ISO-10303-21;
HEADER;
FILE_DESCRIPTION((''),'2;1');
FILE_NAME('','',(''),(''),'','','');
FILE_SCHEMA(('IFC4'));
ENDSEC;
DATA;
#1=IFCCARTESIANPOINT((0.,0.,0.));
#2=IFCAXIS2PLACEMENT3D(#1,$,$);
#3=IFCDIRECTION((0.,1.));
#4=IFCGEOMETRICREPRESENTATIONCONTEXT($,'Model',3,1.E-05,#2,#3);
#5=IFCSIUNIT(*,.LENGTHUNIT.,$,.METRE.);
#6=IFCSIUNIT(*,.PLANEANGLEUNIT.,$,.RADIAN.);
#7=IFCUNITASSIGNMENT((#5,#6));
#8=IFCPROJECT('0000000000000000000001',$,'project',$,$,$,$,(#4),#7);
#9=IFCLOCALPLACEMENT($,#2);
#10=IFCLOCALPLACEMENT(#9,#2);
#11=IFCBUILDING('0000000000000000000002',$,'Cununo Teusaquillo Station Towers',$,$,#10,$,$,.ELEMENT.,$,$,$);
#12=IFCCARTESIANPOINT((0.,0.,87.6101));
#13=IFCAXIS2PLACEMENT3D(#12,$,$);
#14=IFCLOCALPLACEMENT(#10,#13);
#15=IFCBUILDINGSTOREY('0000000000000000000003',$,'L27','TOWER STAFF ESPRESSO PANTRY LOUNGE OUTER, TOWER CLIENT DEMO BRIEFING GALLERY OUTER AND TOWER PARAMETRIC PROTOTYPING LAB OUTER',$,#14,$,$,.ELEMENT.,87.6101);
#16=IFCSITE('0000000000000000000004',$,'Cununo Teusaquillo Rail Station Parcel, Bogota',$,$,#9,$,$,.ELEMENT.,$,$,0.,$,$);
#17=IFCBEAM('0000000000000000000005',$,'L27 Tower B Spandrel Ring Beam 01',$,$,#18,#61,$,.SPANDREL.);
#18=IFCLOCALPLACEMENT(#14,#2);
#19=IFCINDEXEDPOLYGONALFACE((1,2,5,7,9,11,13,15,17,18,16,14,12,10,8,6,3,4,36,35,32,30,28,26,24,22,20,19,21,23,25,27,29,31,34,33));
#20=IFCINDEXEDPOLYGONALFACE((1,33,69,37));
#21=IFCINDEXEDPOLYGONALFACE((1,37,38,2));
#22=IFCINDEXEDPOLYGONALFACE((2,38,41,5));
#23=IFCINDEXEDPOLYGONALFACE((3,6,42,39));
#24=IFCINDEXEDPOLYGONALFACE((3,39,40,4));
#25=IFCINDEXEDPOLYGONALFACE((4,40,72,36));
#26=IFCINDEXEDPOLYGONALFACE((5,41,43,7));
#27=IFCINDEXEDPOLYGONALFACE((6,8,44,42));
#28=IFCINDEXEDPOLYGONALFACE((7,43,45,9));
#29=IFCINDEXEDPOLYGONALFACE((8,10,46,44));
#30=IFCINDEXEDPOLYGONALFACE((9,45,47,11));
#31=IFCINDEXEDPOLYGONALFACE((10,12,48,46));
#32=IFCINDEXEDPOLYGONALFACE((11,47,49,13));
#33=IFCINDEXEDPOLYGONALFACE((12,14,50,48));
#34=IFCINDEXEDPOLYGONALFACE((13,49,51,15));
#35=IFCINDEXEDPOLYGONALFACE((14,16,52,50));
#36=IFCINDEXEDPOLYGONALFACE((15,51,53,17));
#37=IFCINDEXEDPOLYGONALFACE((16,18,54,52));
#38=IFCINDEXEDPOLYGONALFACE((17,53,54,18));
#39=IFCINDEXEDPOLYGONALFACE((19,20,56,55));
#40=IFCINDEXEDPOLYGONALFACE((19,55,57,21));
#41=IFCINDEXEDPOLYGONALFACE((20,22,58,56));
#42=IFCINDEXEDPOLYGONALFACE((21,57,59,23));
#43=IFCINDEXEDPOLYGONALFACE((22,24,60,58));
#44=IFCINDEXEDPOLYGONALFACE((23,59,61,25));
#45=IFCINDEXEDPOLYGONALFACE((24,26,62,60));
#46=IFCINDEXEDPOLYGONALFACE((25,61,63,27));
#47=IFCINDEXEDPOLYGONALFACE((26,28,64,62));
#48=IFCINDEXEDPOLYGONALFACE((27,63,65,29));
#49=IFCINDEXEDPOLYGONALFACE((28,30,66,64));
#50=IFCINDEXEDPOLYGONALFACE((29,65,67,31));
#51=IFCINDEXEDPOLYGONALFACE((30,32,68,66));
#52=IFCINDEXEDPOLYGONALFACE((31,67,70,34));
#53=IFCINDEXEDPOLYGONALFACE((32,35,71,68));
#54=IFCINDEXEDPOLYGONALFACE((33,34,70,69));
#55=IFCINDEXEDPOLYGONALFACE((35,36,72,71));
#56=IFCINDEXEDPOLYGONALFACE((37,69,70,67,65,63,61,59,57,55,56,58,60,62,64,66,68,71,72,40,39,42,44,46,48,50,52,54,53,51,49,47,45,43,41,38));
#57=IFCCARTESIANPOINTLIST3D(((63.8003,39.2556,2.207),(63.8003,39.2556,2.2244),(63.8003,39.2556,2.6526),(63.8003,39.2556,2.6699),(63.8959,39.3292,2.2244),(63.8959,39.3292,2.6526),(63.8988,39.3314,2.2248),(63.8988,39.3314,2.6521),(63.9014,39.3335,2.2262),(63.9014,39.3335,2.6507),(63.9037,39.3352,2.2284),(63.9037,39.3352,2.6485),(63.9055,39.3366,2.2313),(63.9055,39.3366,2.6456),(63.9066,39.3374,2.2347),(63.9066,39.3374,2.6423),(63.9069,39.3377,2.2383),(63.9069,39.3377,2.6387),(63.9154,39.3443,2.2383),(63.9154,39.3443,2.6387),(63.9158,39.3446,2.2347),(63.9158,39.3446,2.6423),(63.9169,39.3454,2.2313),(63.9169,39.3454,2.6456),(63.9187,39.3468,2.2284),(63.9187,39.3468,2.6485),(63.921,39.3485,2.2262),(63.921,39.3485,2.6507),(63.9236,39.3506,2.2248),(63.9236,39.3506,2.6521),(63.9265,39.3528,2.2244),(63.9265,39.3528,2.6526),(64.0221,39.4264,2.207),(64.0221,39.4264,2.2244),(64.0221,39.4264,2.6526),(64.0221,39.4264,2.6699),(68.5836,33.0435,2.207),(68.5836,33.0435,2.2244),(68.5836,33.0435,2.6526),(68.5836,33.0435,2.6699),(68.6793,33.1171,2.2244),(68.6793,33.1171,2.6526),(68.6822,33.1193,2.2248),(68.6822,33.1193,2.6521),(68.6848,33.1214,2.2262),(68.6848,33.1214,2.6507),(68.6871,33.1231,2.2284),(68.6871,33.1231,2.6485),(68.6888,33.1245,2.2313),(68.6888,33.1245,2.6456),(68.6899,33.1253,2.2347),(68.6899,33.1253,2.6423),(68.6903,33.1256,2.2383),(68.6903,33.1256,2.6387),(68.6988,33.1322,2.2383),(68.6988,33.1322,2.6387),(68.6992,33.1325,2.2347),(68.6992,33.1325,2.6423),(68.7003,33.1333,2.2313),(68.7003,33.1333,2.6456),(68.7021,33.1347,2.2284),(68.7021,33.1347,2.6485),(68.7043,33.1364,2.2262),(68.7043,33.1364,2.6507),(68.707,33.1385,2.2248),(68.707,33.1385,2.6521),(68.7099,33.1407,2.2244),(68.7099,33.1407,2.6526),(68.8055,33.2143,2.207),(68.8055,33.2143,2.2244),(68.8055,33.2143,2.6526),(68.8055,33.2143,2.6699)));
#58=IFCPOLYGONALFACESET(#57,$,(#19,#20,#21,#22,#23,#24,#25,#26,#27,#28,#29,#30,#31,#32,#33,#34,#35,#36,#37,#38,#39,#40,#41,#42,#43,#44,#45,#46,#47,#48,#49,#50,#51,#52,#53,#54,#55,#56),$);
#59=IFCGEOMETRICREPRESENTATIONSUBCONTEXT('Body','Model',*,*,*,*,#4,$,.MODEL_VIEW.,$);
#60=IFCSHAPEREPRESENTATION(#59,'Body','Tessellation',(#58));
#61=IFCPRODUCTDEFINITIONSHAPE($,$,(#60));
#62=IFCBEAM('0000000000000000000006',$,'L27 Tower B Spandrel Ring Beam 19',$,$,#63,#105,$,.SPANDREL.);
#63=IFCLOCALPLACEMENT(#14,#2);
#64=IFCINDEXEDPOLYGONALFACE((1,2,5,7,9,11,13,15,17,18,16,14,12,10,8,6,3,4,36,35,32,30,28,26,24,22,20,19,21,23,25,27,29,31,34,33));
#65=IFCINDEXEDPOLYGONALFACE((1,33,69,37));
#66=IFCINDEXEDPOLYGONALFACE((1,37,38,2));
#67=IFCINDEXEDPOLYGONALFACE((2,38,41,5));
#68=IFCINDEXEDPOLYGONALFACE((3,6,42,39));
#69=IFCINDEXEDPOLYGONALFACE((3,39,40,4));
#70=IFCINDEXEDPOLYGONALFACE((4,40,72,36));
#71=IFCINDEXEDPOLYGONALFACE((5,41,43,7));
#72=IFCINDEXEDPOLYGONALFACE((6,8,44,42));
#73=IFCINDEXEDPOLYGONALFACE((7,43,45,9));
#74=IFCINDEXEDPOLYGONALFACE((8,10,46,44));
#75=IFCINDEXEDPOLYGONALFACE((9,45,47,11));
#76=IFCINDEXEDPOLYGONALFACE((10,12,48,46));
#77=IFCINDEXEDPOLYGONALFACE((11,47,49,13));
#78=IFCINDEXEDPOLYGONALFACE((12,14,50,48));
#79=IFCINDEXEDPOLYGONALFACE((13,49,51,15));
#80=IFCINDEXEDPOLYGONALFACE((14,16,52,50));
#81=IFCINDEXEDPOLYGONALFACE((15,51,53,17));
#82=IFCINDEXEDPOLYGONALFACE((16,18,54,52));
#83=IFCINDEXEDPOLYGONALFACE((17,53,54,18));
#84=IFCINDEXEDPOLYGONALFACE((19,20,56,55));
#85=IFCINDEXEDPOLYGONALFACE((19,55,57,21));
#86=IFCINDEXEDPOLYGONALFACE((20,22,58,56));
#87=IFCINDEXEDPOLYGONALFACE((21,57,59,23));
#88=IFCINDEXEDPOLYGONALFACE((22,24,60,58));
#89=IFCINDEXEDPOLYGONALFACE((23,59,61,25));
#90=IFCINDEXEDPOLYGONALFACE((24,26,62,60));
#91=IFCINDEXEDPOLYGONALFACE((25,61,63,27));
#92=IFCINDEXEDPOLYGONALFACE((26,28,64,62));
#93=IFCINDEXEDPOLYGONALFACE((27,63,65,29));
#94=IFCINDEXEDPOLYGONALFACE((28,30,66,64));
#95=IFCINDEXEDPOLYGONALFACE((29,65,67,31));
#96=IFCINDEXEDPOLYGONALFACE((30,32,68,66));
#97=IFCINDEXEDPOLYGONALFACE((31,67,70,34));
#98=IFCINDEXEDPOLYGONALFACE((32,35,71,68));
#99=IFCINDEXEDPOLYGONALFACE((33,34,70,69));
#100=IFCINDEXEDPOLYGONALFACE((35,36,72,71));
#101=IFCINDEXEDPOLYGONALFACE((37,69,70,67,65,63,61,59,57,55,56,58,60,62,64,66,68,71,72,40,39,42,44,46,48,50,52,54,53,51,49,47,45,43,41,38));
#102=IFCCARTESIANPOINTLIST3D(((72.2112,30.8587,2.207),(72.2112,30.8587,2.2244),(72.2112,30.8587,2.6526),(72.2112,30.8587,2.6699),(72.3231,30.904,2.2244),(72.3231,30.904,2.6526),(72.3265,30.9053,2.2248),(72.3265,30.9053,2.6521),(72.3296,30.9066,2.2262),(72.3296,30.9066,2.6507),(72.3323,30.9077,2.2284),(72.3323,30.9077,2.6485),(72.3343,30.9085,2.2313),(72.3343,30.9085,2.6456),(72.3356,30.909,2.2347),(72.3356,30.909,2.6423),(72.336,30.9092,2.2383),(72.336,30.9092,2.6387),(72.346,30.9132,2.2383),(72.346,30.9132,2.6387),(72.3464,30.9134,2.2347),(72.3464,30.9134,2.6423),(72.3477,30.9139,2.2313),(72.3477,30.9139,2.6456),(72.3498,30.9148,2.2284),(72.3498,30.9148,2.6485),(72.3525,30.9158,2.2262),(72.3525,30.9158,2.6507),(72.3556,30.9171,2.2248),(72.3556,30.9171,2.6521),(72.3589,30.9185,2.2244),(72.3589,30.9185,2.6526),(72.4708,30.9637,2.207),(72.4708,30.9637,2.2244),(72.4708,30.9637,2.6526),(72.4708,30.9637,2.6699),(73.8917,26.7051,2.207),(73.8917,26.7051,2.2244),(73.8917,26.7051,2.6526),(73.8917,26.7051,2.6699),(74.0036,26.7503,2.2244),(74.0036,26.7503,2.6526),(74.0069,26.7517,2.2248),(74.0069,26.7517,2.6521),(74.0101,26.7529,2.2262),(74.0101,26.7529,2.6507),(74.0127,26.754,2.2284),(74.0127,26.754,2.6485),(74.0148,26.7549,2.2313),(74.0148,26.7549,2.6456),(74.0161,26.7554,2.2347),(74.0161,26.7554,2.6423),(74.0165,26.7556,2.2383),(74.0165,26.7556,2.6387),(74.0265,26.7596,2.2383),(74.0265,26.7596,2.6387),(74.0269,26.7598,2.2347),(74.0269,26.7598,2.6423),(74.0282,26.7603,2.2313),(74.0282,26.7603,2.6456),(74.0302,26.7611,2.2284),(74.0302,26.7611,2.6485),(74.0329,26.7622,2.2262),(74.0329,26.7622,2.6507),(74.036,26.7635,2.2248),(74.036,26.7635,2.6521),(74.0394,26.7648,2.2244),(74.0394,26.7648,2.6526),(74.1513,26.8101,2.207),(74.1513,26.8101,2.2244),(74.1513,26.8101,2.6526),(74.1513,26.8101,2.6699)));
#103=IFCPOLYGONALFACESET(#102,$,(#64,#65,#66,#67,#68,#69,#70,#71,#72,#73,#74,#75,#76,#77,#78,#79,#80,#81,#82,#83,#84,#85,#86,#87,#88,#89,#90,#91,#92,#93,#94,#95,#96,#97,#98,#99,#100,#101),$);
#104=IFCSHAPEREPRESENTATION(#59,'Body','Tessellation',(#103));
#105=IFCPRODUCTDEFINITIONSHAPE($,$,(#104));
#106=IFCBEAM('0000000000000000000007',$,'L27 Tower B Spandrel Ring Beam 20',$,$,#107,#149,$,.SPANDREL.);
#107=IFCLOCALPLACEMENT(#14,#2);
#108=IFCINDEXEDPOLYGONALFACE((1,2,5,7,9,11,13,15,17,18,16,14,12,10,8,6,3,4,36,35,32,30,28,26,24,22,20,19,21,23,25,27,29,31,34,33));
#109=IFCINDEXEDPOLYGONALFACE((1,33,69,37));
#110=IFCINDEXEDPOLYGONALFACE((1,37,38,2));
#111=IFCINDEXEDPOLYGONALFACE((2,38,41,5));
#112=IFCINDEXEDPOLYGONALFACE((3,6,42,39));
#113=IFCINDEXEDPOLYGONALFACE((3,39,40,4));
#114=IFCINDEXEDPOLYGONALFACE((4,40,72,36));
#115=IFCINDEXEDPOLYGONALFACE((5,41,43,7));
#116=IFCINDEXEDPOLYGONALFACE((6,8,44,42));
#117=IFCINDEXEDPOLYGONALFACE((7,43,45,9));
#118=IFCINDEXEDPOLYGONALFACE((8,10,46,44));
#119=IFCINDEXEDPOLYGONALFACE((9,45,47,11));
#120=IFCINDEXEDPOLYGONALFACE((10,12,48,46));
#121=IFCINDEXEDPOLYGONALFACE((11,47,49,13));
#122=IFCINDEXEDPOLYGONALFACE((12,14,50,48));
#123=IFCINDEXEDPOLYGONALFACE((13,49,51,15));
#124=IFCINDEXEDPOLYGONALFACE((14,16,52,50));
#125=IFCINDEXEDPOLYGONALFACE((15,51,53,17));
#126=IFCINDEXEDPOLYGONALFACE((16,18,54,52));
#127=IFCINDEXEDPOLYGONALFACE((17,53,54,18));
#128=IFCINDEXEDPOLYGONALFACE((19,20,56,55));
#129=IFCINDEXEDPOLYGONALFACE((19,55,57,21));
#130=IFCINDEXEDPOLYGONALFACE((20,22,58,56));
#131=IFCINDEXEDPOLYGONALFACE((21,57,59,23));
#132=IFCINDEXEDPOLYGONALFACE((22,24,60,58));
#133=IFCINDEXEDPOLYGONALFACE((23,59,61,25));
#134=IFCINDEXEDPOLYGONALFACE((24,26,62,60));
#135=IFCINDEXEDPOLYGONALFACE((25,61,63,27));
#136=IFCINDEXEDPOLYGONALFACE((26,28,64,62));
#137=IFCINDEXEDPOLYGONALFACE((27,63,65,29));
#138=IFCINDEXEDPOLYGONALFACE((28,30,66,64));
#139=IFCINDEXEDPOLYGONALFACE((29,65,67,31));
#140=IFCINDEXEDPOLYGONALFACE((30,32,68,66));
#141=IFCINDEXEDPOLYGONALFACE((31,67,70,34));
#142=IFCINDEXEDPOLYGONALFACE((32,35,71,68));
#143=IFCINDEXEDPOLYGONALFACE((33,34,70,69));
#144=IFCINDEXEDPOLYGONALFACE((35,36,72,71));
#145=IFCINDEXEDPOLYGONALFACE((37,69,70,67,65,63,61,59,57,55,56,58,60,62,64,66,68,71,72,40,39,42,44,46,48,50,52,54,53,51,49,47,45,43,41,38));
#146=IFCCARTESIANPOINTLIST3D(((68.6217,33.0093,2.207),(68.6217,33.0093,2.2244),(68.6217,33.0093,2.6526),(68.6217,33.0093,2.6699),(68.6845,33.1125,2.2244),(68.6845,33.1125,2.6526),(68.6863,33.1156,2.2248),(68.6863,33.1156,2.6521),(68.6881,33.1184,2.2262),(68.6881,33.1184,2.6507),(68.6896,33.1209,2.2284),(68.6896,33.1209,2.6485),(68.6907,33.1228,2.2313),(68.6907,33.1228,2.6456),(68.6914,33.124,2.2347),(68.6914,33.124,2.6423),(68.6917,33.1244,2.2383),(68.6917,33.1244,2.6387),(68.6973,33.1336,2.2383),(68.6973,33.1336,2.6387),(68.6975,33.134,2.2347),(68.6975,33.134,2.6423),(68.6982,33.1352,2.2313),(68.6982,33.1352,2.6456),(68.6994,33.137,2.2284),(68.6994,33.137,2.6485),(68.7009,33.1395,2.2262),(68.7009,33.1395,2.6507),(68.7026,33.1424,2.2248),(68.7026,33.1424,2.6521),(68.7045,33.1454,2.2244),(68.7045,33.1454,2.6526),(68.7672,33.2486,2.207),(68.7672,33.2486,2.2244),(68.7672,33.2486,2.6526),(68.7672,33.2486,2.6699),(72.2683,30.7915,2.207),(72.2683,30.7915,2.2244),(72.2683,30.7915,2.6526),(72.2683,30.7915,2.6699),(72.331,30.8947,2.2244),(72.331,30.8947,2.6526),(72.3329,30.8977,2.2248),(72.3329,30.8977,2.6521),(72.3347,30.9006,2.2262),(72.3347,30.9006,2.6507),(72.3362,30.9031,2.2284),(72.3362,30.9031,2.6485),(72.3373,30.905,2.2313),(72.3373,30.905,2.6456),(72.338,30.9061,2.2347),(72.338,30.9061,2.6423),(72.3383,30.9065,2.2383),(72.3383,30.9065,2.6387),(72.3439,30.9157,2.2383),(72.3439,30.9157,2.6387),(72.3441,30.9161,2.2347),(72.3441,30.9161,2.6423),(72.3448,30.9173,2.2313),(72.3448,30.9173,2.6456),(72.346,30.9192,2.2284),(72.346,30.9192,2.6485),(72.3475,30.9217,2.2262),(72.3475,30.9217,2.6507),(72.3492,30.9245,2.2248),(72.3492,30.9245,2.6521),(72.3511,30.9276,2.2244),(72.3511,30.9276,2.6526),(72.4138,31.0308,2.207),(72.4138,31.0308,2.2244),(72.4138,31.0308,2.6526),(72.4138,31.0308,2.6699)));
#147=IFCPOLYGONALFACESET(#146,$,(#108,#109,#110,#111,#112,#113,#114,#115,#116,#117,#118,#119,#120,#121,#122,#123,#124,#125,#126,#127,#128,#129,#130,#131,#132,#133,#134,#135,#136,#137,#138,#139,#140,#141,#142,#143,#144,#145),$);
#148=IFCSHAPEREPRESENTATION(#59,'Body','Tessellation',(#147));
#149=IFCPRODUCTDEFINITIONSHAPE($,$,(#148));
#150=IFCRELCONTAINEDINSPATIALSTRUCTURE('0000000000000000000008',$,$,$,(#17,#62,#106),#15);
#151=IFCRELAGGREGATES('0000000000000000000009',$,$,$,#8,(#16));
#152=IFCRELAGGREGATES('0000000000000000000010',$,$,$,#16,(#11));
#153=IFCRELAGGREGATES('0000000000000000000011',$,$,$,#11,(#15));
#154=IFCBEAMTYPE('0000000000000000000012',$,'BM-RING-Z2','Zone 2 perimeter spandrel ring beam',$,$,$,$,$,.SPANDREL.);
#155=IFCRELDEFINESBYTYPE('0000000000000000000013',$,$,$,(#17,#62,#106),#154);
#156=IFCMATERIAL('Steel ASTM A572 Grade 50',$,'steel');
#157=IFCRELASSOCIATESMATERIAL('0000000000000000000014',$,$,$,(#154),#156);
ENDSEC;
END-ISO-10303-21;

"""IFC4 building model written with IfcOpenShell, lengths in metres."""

from ifc_helpers import new_model, si_unit, direction, frame, origin, origin_2d, place, context, subcontext, project, spatial, i_section, extrude, material, material_profile, profile_set, type_object, element, save


model = new_model("IFC4")

# Units and contexts
model_context = context("Model", 3, precision=1e-05, world=origin(), true_north=direction((0.0, 1.0)))
body_context = subcontext(model_context, "Body", "Model", "MODEL_VIEW")
ifc_project = project(units=[si_unit("LENGTHUNIT", "METRE"), si_unit("PLANEANGLEUNIT", "RADIAN")], contexts=[model_context])

# Site, building, storey
site_placement = place(None, origin())
site = spatial("IfcSite", under=ifc_project, at=site_placement, Name="Cununo Teusaquillo Rail Station Parcel, Bogota", CompositionType="ELEMENT", RefElevation=0.0)
building_placement = place(site_placement, origin())
building = spatial("IfcBuilding", under=site, at=building_placement, Name="Cununo Teusaquillo Station Towers", CompositionType="ELEMENT")
storey_placement = place(building_placement, frame((0.0, 0.0, 87.6101)))
storey = spatial("IfcBuildingStorey", under=building, at=storey_placement, Name="L27", Description="TOWER STAFF ESPRESSO PANTRY LOUNGE OUTER, TOWER CLIENT DEMO BRIEFING GALLERY OUTER AND TOWER PARAMETRIC PROTOTYPING LAB OUTER", CompositionType="ELEMENT", Elevation=87.6101)

# Beams
ifc_material_1 = material(Name="Steel ASTM A572 Grade 50", Category="steel")
ifc_material_profile_1 = material_profile(ifc_material_1, i_section(OverallWidth=0.28, OverallDepth=0.4629, WebThickness=0.0107, FlangeThickness=0.0173, FilletRadius=0.0139, at=origin_2d()), Name="W18X76")
ifc_profile_set_1 = profile_set([ifc_material_profile_1], Name="Steel ASTM A572 Grade 50")
beam_type = type_object("IfcBeamType", Name="BM-RING-Z2", Description="Zone 2 perimeter spandrel ring beam", PredefinedType="SPANDREL", material=ifc_profile_set_1)
beam_1_placement = place(storey_placement, frame((68.6946, 33.1289, 2.4385), z_axis=(-0.6101, 0.792324, 0.0), x_axis=(-0.792324, -0.6101, 0.0)))
element("IfcBeam", 1, at=beam_1_placement, inside=storey, type_object=beam_type, Name="L27 Tower B Spandrel Ring Beam 01", PredefinedType="SPANDREL", context=body_context, shape_type="SweptSolid", body=[
    extrude(i_section(OverallWidth=0.28, OverallDepth=0.4629, WebThickness=0.0107, FlangeThickness=0.0173, FilletRadius=0.0139, at=origin_2d()), origin(), (0.0, 0.0, 1.0), 7.8403),
])
beam_2_placement = place(storey_placement, frame((74.0215, 26.7576, 2.4385), z_axis=(-0.375042, 0.927008, 0.0), x_axis=(-0.927008, -0.375042, 0.0)))
element("IfcBeam", 2, at=beam_2_placement, inside=storey, type_object=beam_type, Name="L27 Tower B Spandrel Ring Beam 19", PredefinedType="SPANDREL", context=body_context, shape_type="SweptSolid", body=[
    extrude(i_section(OverallWidth=0.28, OverallDepth=0.4629, WebThickness=0.0107, FlangeThickness=0.0173, FilletRadius=0.0139, at=origin_2d()), origin(), (0.0, 0.0, 1.0), 4.4807),
])
beam_3_placement = place(storey_placement, frame((72.3411, 30.9111, 2.4385), z_axis=(-0.854388, 0.519635, 0.0), x_axis=(-0.519635, -0.854388, 0.0)))
element("IfcBeam", 3, at=beam_3_placement, inside=storey, type_object=beam_type, Name="L27 Tower B Spandrel Ring Beam 20", PredefinedType="SPANDREL", context=body_context, shape_type="SweptSolid", body=[
    extrude(i_section(OverallWidth=0.28, OverallDepth=0.4629, WebThickness=0.0107, FlangeThickness=0.0173, FilletRadius=0.0139, at=origin_2d()), origin(), (0.0, 0.0, 1.0), 4.2681),
])

save(model, "model.ifc")
